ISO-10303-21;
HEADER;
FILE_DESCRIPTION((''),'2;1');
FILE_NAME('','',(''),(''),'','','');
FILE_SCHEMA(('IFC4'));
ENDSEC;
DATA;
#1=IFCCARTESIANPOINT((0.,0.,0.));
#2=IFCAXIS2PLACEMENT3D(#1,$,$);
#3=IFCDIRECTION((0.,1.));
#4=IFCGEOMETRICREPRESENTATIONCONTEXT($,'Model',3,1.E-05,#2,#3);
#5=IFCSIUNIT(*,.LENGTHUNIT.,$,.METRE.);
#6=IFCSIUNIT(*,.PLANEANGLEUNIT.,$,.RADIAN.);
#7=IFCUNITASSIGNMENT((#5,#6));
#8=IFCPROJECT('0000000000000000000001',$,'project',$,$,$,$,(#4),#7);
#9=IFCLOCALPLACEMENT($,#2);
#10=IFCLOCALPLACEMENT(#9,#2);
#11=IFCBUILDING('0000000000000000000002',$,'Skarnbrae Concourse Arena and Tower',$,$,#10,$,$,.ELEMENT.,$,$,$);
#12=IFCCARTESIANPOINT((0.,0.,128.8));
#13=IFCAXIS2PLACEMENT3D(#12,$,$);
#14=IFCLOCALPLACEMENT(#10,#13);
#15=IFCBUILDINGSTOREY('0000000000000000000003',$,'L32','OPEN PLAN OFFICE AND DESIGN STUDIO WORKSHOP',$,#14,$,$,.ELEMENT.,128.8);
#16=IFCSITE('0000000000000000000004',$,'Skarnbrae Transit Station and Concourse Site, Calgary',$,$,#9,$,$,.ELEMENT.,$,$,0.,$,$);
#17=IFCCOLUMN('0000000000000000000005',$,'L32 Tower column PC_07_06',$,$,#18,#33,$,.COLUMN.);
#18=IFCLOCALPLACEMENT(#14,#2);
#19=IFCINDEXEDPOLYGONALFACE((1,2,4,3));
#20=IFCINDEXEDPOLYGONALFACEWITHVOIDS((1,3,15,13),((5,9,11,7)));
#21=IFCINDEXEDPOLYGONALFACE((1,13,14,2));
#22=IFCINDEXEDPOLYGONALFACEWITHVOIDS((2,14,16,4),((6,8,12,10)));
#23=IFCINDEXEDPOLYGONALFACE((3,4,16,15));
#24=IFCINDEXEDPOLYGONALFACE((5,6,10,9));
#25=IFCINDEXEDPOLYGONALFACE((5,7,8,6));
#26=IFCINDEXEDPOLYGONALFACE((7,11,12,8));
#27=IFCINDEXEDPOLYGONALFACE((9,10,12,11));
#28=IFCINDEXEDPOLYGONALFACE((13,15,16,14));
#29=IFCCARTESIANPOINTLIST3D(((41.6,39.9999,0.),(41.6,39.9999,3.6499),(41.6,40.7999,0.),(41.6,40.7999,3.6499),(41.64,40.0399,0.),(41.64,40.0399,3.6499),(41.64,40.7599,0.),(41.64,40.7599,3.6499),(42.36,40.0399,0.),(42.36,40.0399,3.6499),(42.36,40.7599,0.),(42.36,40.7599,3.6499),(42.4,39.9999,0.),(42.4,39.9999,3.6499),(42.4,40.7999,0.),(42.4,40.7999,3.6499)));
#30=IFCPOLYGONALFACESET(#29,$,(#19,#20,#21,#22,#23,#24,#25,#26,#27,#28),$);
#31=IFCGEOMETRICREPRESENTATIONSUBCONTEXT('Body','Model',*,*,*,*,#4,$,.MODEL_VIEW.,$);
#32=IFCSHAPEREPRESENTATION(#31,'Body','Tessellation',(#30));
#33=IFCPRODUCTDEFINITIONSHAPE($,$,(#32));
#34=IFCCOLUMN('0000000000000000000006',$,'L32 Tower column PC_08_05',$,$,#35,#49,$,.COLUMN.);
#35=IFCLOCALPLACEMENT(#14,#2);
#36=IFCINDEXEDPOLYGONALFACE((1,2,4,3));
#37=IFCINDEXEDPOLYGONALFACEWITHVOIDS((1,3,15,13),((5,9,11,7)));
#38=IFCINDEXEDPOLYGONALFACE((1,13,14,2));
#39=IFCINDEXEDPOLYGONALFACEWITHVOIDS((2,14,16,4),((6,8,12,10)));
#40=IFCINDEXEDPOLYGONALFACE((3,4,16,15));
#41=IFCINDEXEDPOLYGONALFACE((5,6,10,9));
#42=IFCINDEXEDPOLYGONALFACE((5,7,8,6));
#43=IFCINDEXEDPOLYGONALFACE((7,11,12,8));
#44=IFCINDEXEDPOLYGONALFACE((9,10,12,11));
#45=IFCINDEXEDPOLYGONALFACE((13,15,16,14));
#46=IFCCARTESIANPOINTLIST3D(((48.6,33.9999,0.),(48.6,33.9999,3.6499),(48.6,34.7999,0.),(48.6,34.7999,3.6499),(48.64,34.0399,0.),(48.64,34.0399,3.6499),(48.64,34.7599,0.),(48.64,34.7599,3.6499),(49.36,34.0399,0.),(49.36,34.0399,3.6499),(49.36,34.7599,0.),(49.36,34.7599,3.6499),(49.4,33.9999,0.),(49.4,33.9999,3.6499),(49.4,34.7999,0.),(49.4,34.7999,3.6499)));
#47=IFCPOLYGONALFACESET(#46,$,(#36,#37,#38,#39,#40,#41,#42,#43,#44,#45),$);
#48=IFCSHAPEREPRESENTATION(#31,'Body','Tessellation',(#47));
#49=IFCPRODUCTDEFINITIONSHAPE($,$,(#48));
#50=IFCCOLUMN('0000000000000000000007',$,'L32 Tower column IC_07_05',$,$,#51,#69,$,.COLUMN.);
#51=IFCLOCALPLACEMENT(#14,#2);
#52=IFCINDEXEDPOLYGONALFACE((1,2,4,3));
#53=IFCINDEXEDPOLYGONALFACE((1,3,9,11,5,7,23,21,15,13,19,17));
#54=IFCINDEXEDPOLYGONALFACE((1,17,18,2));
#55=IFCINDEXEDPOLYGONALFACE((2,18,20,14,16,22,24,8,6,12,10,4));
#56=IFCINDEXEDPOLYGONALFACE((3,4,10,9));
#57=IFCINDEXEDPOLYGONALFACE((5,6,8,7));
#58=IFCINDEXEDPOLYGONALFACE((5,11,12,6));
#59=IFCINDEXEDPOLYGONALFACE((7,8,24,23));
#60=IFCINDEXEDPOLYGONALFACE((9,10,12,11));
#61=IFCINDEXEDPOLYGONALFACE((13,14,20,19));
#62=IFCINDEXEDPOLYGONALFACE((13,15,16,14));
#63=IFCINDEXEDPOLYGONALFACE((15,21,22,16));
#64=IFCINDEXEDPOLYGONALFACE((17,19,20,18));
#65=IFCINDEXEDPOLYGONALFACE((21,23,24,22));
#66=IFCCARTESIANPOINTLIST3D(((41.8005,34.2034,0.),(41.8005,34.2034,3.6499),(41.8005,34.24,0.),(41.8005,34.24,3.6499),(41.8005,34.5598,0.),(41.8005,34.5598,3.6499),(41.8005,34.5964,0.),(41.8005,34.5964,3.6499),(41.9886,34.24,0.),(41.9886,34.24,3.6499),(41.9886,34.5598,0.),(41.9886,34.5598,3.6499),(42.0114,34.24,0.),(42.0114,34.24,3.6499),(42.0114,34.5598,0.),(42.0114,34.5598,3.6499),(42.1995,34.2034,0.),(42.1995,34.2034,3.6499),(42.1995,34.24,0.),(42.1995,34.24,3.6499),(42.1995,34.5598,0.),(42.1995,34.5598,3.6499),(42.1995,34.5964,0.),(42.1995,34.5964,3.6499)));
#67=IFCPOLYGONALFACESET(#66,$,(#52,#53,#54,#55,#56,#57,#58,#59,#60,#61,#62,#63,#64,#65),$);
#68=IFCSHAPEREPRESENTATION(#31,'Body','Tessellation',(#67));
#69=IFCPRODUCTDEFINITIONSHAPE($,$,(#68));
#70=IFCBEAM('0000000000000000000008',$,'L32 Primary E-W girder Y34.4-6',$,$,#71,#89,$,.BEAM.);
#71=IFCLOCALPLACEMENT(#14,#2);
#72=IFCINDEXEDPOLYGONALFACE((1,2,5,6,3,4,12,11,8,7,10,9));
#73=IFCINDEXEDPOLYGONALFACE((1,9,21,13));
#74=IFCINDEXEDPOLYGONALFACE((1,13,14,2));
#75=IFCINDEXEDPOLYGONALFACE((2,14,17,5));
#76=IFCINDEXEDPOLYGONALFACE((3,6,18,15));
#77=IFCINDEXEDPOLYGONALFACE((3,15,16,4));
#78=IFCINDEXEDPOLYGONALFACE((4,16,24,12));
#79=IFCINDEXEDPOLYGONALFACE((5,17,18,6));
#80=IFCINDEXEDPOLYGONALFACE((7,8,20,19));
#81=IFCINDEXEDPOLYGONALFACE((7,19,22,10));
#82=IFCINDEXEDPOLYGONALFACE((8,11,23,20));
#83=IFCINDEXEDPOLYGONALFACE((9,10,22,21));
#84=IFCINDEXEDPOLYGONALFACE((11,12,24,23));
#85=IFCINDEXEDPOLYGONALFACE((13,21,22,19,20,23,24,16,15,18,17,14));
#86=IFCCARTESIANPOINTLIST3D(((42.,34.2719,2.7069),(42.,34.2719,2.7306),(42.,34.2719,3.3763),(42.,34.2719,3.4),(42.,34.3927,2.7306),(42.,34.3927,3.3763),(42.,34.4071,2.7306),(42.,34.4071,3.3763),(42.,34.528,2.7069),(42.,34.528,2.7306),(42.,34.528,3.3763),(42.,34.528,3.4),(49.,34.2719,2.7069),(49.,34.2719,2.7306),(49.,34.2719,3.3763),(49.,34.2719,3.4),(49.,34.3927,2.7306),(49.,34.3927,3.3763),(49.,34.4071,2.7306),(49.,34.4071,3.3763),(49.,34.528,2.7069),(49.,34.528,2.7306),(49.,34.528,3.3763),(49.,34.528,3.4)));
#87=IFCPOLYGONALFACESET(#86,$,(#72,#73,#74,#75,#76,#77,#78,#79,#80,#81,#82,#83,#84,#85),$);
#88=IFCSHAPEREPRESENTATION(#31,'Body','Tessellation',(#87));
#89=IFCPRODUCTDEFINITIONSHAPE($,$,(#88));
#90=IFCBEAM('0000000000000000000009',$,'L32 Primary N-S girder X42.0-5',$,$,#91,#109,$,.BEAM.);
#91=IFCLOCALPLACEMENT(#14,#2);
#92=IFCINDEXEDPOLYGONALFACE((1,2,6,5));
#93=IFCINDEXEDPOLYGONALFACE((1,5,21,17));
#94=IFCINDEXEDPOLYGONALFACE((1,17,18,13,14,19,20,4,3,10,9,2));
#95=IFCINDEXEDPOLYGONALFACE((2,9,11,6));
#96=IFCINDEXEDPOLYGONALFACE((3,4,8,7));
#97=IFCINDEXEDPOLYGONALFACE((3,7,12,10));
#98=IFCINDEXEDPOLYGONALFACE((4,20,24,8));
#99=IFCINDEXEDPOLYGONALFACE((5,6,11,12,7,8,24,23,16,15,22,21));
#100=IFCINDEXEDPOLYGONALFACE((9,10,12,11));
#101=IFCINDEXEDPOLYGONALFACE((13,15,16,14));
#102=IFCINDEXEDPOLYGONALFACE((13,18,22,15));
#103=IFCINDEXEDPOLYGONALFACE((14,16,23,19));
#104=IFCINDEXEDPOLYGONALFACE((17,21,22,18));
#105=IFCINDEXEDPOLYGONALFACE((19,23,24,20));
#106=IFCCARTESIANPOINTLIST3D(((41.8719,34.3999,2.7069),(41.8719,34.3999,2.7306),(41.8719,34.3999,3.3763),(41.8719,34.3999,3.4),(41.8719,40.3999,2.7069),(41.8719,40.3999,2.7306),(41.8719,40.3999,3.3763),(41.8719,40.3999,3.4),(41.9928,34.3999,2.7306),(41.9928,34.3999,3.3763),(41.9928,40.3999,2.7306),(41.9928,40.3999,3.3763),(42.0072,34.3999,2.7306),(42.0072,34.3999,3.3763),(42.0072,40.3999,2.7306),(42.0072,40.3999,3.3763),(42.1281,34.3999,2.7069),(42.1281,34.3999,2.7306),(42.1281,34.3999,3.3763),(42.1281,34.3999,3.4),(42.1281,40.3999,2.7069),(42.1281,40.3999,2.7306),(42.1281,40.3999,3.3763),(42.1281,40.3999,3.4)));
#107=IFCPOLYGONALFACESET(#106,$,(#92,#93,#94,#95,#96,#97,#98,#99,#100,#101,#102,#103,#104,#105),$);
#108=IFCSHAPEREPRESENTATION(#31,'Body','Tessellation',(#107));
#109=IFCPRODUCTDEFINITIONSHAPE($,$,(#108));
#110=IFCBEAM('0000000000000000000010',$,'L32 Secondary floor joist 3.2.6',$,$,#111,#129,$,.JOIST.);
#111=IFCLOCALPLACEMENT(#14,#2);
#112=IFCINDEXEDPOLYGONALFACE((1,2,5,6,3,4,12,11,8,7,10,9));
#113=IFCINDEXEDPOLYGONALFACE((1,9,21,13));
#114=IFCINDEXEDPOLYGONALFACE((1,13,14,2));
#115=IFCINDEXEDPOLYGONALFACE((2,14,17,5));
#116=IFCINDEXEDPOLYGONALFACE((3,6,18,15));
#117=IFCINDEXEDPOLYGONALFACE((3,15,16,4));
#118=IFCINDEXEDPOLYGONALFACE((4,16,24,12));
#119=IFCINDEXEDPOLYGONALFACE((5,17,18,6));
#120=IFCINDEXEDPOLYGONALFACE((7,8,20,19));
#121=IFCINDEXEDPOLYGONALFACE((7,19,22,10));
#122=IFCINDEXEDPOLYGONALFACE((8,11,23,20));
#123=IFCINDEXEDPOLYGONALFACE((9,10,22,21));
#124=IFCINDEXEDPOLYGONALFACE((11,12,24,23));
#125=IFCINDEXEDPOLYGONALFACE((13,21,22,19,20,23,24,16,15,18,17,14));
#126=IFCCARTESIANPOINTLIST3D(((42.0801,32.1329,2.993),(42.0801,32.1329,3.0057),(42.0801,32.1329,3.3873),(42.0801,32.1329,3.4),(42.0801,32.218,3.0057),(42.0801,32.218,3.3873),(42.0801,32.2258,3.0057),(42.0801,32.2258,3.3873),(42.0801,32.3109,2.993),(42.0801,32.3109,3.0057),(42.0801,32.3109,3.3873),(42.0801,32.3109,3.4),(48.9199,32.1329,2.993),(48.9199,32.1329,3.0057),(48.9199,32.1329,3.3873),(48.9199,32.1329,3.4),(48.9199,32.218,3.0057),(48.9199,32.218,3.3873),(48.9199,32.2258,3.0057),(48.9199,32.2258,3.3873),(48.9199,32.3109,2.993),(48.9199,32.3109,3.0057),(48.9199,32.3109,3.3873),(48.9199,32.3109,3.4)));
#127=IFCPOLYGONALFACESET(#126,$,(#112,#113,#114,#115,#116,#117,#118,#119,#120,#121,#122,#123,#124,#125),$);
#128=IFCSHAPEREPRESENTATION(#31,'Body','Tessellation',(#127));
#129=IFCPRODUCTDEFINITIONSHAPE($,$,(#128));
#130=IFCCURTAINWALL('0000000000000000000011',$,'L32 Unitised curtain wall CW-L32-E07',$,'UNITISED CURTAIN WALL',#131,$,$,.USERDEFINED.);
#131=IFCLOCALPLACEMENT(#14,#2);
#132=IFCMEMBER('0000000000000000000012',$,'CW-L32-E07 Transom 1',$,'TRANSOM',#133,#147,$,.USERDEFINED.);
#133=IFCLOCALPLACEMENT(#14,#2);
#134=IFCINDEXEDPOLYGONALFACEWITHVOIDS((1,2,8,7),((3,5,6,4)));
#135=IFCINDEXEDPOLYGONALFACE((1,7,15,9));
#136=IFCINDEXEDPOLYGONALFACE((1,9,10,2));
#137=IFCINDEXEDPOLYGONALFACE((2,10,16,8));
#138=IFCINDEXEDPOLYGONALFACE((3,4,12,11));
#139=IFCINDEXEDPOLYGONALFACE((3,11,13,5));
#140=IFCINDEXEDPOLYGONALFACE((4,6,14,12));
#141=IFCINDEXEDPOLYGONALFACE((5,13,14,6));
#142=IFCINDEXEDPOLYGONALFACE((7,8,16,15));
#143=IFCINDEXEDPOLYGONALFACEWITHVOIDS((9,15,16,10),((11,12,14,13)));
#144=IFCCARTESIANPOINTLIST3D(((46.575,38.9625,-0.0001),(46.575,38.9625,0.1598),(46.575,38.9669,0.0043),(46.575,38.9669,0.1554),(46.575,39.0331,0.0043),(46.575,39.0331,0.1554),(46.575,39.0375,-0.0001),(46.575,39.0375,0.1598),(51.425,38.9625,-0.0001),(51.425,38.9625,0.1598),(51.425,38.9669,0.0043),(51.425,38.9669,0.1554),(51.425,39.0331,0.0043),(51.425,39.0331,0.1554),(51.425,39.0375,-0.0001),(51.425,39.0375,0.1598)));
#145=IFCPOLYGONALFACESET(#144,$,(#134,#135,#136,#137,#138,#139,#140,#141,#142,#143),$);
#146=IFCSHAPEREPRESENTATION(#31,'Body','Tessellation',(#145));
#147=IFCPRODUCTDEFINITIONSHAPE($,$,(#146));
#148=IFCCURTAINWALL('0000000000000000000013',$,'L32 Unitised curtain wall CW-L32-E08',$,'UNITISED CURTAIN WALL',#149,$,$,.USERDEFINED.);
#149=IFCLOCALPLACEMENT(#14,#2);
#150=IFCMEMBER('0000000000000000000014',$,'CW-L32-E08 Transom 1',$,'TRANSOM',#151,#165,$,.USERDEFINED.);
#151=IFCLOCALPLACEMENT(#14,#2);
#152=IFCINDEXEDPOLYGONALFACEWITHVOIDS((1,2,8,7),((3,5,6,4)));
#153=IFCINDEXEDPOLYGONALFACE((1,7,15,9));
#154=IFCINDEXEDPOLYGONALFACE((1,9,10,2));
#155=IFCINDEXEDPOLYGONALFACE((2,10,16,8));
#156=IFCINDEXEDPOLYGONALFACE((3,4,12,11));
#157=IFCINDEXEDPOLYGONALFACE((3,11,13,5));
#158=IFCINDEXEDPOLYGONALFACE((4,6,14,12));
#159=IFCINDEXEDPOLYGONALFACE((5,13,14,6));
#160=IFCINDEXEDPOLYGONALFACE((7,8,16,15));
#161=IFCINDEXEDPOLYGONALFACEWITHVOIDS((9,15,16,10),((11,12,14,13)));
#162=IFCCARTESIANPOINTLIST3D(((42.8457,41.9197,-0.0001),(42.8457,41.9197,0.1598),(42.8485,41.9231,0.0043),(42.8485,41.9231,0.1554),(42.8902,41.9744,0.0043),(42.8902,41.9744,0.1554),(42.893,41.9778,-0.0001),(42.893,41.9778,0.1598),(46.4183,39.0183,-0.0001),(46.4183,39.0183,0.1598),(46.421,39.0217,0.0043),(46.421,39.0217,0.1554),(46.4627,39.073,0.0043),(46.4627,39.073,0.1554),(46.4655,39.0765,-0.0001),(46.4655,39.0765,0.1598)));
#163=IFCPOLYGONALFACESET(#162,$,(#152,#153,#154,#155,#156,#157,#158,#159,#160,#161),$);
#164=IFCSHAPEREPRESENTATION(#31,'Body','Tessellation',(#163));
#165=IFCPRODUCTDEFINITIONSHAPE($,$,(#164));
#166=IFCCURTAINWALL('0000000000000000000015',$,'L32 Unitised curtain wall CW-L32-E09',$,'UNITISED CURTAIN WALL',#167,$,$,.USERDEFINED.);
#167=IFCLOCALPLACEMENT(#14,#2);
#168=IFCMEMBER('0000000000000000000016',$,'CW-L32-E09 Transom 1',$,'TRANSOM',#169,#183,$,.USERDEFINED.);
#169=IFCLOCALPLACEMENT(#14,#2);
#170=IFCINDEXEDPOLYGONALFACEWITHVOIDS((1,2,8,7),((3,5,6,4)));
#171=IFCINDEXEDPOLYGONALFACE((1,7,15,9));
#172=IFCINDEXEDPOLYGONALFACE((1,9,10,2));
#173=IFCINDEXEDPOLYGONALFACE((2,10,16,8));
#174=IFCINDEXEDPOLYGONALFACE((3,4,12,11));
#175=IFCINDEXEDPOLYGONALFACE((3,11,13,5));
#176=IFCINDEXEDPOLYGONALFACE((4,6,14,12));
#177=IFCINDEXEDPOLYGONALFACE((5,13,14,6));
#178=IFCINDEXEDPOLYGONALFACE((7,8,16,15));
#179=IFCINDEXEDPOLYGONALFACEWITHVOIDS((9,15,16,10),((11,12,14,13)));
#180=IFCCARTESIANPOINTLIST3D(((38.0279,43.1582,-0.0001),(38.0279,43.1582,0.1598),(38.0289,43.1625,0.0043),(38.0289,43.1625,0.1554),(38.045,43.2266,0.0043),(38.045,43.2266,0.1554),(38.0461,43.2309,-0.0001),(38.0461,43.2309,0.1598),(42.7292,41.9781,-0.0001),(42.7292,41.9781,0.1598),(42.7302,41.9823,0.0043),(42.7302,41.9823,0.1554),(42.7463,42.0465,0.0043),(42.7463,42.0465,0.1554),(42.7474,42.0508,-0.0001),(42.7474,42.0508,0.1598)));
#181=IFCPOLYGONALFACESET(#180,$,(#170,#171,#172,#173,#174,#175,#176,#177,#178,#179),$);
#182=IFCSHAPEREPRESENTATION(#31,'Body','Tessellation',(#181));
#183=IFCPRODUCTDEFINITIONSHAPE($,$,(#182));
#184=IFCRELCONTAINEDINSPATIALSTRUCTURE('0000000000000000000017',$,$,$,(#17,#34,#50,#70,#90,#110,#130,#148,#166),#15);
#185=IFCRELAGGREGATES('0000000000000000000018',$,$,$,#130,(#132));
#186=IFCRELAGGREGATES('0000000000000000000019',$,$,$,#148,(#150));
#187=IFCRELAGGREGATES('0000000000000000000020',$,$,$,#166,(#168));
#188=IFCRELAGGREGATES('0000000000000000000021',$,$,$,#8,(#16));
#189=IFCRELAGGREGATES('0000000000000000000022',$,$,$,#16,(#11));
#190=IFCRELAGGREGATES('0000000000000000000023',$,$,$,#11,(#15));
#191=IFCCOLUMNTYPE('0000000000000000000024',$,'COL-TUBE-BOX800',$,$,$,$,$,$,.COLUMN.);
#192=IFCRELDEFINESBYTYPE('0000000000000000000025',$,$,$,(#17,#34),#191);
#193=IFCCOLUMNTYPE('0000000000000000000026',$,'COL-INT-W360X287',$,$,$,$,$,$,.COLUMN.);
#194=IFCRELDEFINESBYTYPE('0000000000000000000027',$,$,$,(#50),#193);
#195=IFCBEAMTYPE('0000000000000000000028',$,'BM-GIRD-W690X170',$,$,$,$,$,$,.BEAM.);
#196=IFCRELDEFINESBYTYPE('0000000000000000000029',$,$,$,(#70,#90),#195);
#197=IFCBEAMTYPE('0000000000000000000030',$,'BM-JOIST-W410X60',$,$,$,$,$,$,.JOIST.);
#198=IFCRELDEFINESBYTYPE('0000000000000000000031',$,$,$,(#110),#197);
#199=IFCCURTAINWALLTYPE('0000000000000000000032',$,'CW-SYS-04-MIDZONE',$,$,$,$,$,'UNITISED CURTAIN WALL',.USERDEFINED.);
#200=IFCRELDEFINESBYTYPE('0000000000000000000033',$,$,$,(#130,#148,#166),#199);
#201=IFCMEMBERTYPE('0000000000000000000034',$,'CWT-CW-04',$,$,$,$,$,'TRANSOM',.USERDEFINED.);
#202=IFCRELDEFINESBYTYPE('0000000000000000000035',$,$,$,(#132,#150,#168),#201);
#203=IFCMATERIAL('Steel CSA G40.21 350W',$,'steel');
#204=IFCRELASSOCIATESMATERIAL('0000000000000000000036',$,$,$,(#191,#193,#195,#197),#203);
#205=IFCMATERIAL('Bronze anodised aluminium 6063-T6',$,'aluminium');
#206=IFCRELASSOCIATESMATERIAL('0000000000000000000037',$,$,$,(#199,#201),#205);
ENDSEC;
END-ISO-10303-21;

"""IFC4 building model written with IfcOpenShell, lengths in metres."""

from ifc_helpers import new_model, si_unit, direction, frame, origin, origin_2d, place, context, subcontext, project, spatial, hollow_rectangle, i_section, extrude, source, transform, mapped, material, material_profile, profile_set, type_object, element, aggregate, save


model = new_model("IFC4")

# Units and contexts
model_context = context("Model", 3, precision=1e-05, world=origin(), true_north=direction((0.0, 1.0)))
body_context = subcontext(model_context, "Body", "Model", "MODEL_VIEW")
ifc_project = project(units=[si_unit("LENGTHUNIT", "METRE"), si_unit("PLANEANGLEUNIT", "RADIAN")], contexts=[model_context])

# Site, building, storey
site_placement = place(None, origin())
site = spatial("IfcSite", under=ifc_project, at=site_placement, Name="Skarnbrae Transit Station and Concourse Site, Calgary", CompositionType="ELEMENT", RefElevation=0.0)
building_placement = place(site_placement, origin())
building = spatial("IfcBuilding", under=site, at=building_placement, Name="Skarnbrae Concourse Arena and Tower", CompositionType="ELEMENT")
storey_placement = place(building_placement, frame((0.0, 0.0, 128.8)))
storey = spatial("IfcBuildingStorey", under=building, at=storey_placement, Name="L32", Description="OPEN PLAN OFFICE AND DESIGN STUDIO WORKSHOP", CompositionType="ELEMENT", Elevation=128.8)

# Columns
ifc_material_1 = material(Name="Steel CSA G40.21 350W", Category="steel")
ifc_material_profile_1 = material_profile(ifc_material_1, hollow_rectangle(XDim=0.8, YDim=0.8, WallThickness=0.04, at=origin_2d()), Name="BOX800X800X40")
ifc_profile_set_1 = profile_set([ifc_material_profile_1], Name="Steel CSA G40.21 350W")
column_type_1 = type_object("IfcColumnType", Name="COL-TUBE-BOX800", PredefinedType="COLUMN", material=ifc_profile_set_1)
shared_shape_1 = source(origin(), body_context, "Body", "SweptSolid", [
    extrude(hollow_rectangle(XDim=0.8, YDim=0.8, WallThickness=0.04, at=origin_2d()), origin(), (0.0, 0.0, 1.0), 3.6499),
])
for number, where, z_axis, x_axis, name in (
    (1, (42.0, 40.3999, 0.0), (0.0, 0.0, 1.0), (1.0, 0.0, 0.0), "L32 Tower column PC_07_06"),
    (2, (49.0, 34.3999, 0.0), (0.0, 0.0, 1.0), (1.0, 0.0, 0.0), "L32 Tower column PC_08_05"),
):
    element("IfcColumn", number, at=place(storey_placement, frame(where, z_axis=z_axis, x_axis=x_axis)), inside=storey, type_object=column_type_1, Name=name, PredefinedType="COLUMN", context=body_context, shape_type="MappedRepresentation", body=[
        mapped(shared_shape_1, transform((0.0, 0.0, 0.0))),
    ])
ifc_material_profile_2 = material_profile(ifc_material_1, i_section(OverallWidth=0.3989, OverallDepth=0.3931, WebThickness=0.0227, FlangeThickness=0.0366, at=origin_2d()), Name="W360X287")
ifc_profile_set_2 = profile_set([ifc_material_profile_2], Name="Steel CSA G40.21 350W")
column_type_2 = type_object("IfcColumnType", Name="COL-INT-W360X287", PredefinedType="COLUMN", material=ifc_profile_set_2)
shared_shape_2 = source(origin(), body_context, "Body", "SweptSolid", [
    extrude(i_section(OverallWidth=0.3989, OverallDepth=0.3931, WebThickness=0.0227, FlangeThickness=0.0366, at=origin_2d()), origin(), (0.0, 0.0, 1.0), 3.6499),
])
column_placement = place(storey_placement, frame((42.0, 34.3999, 0.0), z_axis=(0.0, 0.0, 1.0), x_axis=(1.0, 0.0, 0.0)))
element("IfcColumn", 3, at=column_placement, inside=storey, type_object=column_type_2, Name="L32 Tower column IC_07_05", PredefinedType="COLUMN", context=body_context, shape_type="MappedRepresentation", body=[
    mapped(shared_shape_2, transform((0.0, 0.0, 0.0))),
])

# Beams
ifc_material_profile_3 = material_profile(ifc_material_1, i_section(OverallWidth=0.2561, OverallDepth=0.6931, WebThickness=0.0144, FlangeThickness=0.0237, at=origin_2d()), Name="W690X170")
ifc_profile_set_3 = profile_set([ifc_material_profile_3], Name="Steel CSA G40.21 350W")
beam_type_1 = type_object("IfcBeamType", Name="BM-GIRD-W690X170", PredefinedType="BEAM", material=ifc_profile_set_3)
shared_shape_3 = source(origin(), body_context, "Body", "SweptSolid", [
    extrude(i_section(OverallWidth=0.2561, OverallDepth=0.6931, WebThickness=0.0144, FlangeThickness=0.0237, at=origin_2d()), origin(), (0.0, 0.0, 1.0), 7.0),
])
beam_1_placement = place(storey_placement, frame((42.0, 34.3999, 3.0535), z_axis=(1.0, 0.0, 0.0), x_axis=(0.0, 1.0, 0.0)))
element("IfcBeam", 4, at=beam_1_placement, inside=storey, type_object=beam_type_1, Name="L32 Primary E-W girder Y34.4-6", PredefinedType="BEAM", context=body_context, shape_type="MappedRepresentation", body=[
    mapped(shared_shape_3, transform((0.0, 0.0, 0.0))),
])
shared_shape_4 = source(origin(), body_context, "Body", "SweptSolid", [
    extrude(i_section(OverallWidth=0.2561, OverallDepth=0.6931, WebThickness=0.0144, FlangeThickness=0.0237, at=origin_2d()), origin(), (0.0, 0.0, 1.0), 6.0),
])
beam_2_placement = place(storey_placement, frame((42.0, 34.3999, 3.0535), z_axis=(0.0, 1.0, 0.0), x_axis=(-1.0, 0.0, 0.0)))
element("IfcBeam", 5, at=beam_2_placement, inside=storey, type_object=beam_type_1, Name="L32 Primary N-S girder X42.0-5", PredefinedType="BEAM", context=body_context, shape_type="MappedRepresentation", body=[
    mapped(shared_shape_4, transform((0.0, 0.0, 0.0))),
])
ifc_material_profile_4 = material_profile(ifc_material_1, i_section(OverallWidth=0.178, OverallDepth=0.407, WebThickness=0.0078, FlangeThickness=0.0127, at=origin_2d()), Name="W410X60")
ifc_profile_set_4 = profile_set([ifc_material_profile_4], Name="Steel CSA G40.21 350W")
beam_type_2 = type_object("IfcBeamType", Name="BM-JOIST-W410X60", PredefinedType="JOIST", material=ifc_profile_set_4)
shared_shape_5 = source(origin(), body_context, "Body", "SweptSolid", [
    extrude(i_section(OverallWidth=0.178, OverallDepth=0.407, WebThickness=0.0078, FlangeThickness=0.0127, at=origin_2d()), origin(), (0.0, 0.0, 1.0), 6.8398),
])
beam_3_placement = place(storey_placement, frame((42.0801, 32.2219, 3.1965), z_axis=(1.0, 0.0, 0.0), x_axis=(0.0, 1.0, 0.0)))
element("IfcBeam", 6, at=beam_3_placement, inside=storey, type_object=beam_type_2, Name="L32 Secondary floor joist 3.2.6", PredefinedType="JOIST", context=body_context, shape_type="MappedRepresentation", body=[
    mapped(shared_shape_5, transform((0.0, 0.0, 0.0))),
])

# Curtain walls, members
ifc_material_2 = material(Name="Bronze anodised aluminium 6063-T6", Category="aluminium")
curtain_wall_type = type_object("IfcCurtainWallType", Name="CW-SYS-04-MIDZONE", ElementType="UNITISED CURTAIN WALL", PredefinedType="USERDEFINED", material=ifc_material_2)
curtain_wall_1_placement = place(storey_placement, origin())
curtain_wall_1 = element("IfcCurtainWall", 7, at=curtain_wall_1_placement, inside=storey, type_object=curtain_wall_type, Name="L32 Unitised curtain wall CW-L32-E07", ObjectType="UNITISED CURTAIN WALL", PredefinedType="USERDEFINED")
ifc_material_profile_5 = material_profile(ifc_material_2, hollow_rectangle(XDim=0.075, YDim=0.1599, WallThickness=0.0044, at=origin_2d()), Name="ALU-TRAN-75X160")
ifc_profile_set_5 = profile_set([ifc_material_profile_5], Name="Bronze anodised aluminium 6063-T6")
member_type_1 = type_object("IfcMemberType", Name="CWT-CW-04", ElementType="TRANSOM", PredefinedType="USERDEFINED", material=ifc_profile_set_5)
shared_shape_6 = source(origin(), body_context, "Body", "SweptSolid", [
    extrude(hollow_rectangle(XDim=0.075, YDim=0.1599, WallThickness=0.0044, at=origin_2d()), origin(), (0.0, 0.0, 1.0), 4.8501),
])
member_1_placement = place(storey_placement, frame((51.425, 39.0, 0.0798), z_axis=(-1.0, 0.0, 0.0), x_axis=(0.0, -1.0, 0.0)))
member_1 = element("IfcMember", 8, at=member_1_placement, type_object=member_type_1, Name="CW-L32-E07 Transom 1", ObjectType="TRANSOM", PredefinedType="USERDEFINED", context=body_context, shape_type="MappedRepresentation", body=[
    mapped(shared_shape_6, transform((0.0, 0.0, 0.0))),
])
curtain_wall_2_placement = place(storey_placement, origin())
curtain_wall_2 = element("IfcCurtainWall", 9, at=curtain_wall_2_placement, inside=storey, type_object=curtain_wall_type, Name="L32 Unitised curtain wall CW-L32-E08", ObjectType="UNITISED CURTAIN WALL", PredefinedType="USERDEFINED")
shared_shape_7 = source(origin(), body_context, "Body", "SweptSolid", [
    extrude(hollow_rectangle(XDim=0.075, YDim=0.1599, WallThickness=0.0044, at=origin_2d()), origin(), (0.0, 0.0, 1.0), 4.6023),
])
member_2_placement = place(storey_placement, frame((46.4419, 39.0474, 0.0798), z_axis=(-0.776252, 0.630423, 0.0), x_axis=(-0.630423, -0.776252, 0.0)))
member_2 = element("IfcMember", 10, at=member_2_placement, type_object=member_type_1, Name="CW-L32-E08 Transom 1", ObjectType="TRANSOM", PredefinedType="USERDEFINED", context=body_context, shape_type="MappedRepresentation", body=[
    mapped(shared_shape_7, transform((0.0, 0.0, 0.0))),
])
curtain_wall_3_placement = place(storey_placement, origin())
curtain_wall_3 = element("IfcCurtainWall", 11, at=curtain_wall_3_placement, inside=storey, type_object=curtain_wall_type, Name="L32 Unitised curtain wall CW-L32-E09", ObjectType="UNITISED CURTAIN WALL", PredefinedType="USERDEFINED")
shared_shape_8 = source(origin(), body_context, "Body", "SweptSolid", [
    extrude(hollow_rectangle(XDim=0.075, YDim=0.1599, WallThickness=0.0044, at=origin_2d()), origin(), (0.0, 0.0, 1.0), 4.8472),
])
member_3_placement = place(storey_placement, frame((42.7383, 42.0144, 0.0798), z_axis=(-0.969908, 0.243472, 0.0), x_axis=(-0.243472, -0.969908, 0.0)))
member_3 = element("IfcMember", 12, at=member_3_placement, type_object=member_type_1, Name="CW-L32-E09 Transom 1", ObjectType="TRANSOM", PredefinedType="USERDEFINED", context=body_context, shape_type="MappedRepresentation", body=[
    mapped(shared_shape_8, transform((0.0, 0.0, 0.0))),
])

aggregate(curtain_wall_1, [member_1])
aggregate(curtain_wall_2, [member_2])
aggregate(curtain_wall_3, [member_3])

save(model, "model.ifc")
